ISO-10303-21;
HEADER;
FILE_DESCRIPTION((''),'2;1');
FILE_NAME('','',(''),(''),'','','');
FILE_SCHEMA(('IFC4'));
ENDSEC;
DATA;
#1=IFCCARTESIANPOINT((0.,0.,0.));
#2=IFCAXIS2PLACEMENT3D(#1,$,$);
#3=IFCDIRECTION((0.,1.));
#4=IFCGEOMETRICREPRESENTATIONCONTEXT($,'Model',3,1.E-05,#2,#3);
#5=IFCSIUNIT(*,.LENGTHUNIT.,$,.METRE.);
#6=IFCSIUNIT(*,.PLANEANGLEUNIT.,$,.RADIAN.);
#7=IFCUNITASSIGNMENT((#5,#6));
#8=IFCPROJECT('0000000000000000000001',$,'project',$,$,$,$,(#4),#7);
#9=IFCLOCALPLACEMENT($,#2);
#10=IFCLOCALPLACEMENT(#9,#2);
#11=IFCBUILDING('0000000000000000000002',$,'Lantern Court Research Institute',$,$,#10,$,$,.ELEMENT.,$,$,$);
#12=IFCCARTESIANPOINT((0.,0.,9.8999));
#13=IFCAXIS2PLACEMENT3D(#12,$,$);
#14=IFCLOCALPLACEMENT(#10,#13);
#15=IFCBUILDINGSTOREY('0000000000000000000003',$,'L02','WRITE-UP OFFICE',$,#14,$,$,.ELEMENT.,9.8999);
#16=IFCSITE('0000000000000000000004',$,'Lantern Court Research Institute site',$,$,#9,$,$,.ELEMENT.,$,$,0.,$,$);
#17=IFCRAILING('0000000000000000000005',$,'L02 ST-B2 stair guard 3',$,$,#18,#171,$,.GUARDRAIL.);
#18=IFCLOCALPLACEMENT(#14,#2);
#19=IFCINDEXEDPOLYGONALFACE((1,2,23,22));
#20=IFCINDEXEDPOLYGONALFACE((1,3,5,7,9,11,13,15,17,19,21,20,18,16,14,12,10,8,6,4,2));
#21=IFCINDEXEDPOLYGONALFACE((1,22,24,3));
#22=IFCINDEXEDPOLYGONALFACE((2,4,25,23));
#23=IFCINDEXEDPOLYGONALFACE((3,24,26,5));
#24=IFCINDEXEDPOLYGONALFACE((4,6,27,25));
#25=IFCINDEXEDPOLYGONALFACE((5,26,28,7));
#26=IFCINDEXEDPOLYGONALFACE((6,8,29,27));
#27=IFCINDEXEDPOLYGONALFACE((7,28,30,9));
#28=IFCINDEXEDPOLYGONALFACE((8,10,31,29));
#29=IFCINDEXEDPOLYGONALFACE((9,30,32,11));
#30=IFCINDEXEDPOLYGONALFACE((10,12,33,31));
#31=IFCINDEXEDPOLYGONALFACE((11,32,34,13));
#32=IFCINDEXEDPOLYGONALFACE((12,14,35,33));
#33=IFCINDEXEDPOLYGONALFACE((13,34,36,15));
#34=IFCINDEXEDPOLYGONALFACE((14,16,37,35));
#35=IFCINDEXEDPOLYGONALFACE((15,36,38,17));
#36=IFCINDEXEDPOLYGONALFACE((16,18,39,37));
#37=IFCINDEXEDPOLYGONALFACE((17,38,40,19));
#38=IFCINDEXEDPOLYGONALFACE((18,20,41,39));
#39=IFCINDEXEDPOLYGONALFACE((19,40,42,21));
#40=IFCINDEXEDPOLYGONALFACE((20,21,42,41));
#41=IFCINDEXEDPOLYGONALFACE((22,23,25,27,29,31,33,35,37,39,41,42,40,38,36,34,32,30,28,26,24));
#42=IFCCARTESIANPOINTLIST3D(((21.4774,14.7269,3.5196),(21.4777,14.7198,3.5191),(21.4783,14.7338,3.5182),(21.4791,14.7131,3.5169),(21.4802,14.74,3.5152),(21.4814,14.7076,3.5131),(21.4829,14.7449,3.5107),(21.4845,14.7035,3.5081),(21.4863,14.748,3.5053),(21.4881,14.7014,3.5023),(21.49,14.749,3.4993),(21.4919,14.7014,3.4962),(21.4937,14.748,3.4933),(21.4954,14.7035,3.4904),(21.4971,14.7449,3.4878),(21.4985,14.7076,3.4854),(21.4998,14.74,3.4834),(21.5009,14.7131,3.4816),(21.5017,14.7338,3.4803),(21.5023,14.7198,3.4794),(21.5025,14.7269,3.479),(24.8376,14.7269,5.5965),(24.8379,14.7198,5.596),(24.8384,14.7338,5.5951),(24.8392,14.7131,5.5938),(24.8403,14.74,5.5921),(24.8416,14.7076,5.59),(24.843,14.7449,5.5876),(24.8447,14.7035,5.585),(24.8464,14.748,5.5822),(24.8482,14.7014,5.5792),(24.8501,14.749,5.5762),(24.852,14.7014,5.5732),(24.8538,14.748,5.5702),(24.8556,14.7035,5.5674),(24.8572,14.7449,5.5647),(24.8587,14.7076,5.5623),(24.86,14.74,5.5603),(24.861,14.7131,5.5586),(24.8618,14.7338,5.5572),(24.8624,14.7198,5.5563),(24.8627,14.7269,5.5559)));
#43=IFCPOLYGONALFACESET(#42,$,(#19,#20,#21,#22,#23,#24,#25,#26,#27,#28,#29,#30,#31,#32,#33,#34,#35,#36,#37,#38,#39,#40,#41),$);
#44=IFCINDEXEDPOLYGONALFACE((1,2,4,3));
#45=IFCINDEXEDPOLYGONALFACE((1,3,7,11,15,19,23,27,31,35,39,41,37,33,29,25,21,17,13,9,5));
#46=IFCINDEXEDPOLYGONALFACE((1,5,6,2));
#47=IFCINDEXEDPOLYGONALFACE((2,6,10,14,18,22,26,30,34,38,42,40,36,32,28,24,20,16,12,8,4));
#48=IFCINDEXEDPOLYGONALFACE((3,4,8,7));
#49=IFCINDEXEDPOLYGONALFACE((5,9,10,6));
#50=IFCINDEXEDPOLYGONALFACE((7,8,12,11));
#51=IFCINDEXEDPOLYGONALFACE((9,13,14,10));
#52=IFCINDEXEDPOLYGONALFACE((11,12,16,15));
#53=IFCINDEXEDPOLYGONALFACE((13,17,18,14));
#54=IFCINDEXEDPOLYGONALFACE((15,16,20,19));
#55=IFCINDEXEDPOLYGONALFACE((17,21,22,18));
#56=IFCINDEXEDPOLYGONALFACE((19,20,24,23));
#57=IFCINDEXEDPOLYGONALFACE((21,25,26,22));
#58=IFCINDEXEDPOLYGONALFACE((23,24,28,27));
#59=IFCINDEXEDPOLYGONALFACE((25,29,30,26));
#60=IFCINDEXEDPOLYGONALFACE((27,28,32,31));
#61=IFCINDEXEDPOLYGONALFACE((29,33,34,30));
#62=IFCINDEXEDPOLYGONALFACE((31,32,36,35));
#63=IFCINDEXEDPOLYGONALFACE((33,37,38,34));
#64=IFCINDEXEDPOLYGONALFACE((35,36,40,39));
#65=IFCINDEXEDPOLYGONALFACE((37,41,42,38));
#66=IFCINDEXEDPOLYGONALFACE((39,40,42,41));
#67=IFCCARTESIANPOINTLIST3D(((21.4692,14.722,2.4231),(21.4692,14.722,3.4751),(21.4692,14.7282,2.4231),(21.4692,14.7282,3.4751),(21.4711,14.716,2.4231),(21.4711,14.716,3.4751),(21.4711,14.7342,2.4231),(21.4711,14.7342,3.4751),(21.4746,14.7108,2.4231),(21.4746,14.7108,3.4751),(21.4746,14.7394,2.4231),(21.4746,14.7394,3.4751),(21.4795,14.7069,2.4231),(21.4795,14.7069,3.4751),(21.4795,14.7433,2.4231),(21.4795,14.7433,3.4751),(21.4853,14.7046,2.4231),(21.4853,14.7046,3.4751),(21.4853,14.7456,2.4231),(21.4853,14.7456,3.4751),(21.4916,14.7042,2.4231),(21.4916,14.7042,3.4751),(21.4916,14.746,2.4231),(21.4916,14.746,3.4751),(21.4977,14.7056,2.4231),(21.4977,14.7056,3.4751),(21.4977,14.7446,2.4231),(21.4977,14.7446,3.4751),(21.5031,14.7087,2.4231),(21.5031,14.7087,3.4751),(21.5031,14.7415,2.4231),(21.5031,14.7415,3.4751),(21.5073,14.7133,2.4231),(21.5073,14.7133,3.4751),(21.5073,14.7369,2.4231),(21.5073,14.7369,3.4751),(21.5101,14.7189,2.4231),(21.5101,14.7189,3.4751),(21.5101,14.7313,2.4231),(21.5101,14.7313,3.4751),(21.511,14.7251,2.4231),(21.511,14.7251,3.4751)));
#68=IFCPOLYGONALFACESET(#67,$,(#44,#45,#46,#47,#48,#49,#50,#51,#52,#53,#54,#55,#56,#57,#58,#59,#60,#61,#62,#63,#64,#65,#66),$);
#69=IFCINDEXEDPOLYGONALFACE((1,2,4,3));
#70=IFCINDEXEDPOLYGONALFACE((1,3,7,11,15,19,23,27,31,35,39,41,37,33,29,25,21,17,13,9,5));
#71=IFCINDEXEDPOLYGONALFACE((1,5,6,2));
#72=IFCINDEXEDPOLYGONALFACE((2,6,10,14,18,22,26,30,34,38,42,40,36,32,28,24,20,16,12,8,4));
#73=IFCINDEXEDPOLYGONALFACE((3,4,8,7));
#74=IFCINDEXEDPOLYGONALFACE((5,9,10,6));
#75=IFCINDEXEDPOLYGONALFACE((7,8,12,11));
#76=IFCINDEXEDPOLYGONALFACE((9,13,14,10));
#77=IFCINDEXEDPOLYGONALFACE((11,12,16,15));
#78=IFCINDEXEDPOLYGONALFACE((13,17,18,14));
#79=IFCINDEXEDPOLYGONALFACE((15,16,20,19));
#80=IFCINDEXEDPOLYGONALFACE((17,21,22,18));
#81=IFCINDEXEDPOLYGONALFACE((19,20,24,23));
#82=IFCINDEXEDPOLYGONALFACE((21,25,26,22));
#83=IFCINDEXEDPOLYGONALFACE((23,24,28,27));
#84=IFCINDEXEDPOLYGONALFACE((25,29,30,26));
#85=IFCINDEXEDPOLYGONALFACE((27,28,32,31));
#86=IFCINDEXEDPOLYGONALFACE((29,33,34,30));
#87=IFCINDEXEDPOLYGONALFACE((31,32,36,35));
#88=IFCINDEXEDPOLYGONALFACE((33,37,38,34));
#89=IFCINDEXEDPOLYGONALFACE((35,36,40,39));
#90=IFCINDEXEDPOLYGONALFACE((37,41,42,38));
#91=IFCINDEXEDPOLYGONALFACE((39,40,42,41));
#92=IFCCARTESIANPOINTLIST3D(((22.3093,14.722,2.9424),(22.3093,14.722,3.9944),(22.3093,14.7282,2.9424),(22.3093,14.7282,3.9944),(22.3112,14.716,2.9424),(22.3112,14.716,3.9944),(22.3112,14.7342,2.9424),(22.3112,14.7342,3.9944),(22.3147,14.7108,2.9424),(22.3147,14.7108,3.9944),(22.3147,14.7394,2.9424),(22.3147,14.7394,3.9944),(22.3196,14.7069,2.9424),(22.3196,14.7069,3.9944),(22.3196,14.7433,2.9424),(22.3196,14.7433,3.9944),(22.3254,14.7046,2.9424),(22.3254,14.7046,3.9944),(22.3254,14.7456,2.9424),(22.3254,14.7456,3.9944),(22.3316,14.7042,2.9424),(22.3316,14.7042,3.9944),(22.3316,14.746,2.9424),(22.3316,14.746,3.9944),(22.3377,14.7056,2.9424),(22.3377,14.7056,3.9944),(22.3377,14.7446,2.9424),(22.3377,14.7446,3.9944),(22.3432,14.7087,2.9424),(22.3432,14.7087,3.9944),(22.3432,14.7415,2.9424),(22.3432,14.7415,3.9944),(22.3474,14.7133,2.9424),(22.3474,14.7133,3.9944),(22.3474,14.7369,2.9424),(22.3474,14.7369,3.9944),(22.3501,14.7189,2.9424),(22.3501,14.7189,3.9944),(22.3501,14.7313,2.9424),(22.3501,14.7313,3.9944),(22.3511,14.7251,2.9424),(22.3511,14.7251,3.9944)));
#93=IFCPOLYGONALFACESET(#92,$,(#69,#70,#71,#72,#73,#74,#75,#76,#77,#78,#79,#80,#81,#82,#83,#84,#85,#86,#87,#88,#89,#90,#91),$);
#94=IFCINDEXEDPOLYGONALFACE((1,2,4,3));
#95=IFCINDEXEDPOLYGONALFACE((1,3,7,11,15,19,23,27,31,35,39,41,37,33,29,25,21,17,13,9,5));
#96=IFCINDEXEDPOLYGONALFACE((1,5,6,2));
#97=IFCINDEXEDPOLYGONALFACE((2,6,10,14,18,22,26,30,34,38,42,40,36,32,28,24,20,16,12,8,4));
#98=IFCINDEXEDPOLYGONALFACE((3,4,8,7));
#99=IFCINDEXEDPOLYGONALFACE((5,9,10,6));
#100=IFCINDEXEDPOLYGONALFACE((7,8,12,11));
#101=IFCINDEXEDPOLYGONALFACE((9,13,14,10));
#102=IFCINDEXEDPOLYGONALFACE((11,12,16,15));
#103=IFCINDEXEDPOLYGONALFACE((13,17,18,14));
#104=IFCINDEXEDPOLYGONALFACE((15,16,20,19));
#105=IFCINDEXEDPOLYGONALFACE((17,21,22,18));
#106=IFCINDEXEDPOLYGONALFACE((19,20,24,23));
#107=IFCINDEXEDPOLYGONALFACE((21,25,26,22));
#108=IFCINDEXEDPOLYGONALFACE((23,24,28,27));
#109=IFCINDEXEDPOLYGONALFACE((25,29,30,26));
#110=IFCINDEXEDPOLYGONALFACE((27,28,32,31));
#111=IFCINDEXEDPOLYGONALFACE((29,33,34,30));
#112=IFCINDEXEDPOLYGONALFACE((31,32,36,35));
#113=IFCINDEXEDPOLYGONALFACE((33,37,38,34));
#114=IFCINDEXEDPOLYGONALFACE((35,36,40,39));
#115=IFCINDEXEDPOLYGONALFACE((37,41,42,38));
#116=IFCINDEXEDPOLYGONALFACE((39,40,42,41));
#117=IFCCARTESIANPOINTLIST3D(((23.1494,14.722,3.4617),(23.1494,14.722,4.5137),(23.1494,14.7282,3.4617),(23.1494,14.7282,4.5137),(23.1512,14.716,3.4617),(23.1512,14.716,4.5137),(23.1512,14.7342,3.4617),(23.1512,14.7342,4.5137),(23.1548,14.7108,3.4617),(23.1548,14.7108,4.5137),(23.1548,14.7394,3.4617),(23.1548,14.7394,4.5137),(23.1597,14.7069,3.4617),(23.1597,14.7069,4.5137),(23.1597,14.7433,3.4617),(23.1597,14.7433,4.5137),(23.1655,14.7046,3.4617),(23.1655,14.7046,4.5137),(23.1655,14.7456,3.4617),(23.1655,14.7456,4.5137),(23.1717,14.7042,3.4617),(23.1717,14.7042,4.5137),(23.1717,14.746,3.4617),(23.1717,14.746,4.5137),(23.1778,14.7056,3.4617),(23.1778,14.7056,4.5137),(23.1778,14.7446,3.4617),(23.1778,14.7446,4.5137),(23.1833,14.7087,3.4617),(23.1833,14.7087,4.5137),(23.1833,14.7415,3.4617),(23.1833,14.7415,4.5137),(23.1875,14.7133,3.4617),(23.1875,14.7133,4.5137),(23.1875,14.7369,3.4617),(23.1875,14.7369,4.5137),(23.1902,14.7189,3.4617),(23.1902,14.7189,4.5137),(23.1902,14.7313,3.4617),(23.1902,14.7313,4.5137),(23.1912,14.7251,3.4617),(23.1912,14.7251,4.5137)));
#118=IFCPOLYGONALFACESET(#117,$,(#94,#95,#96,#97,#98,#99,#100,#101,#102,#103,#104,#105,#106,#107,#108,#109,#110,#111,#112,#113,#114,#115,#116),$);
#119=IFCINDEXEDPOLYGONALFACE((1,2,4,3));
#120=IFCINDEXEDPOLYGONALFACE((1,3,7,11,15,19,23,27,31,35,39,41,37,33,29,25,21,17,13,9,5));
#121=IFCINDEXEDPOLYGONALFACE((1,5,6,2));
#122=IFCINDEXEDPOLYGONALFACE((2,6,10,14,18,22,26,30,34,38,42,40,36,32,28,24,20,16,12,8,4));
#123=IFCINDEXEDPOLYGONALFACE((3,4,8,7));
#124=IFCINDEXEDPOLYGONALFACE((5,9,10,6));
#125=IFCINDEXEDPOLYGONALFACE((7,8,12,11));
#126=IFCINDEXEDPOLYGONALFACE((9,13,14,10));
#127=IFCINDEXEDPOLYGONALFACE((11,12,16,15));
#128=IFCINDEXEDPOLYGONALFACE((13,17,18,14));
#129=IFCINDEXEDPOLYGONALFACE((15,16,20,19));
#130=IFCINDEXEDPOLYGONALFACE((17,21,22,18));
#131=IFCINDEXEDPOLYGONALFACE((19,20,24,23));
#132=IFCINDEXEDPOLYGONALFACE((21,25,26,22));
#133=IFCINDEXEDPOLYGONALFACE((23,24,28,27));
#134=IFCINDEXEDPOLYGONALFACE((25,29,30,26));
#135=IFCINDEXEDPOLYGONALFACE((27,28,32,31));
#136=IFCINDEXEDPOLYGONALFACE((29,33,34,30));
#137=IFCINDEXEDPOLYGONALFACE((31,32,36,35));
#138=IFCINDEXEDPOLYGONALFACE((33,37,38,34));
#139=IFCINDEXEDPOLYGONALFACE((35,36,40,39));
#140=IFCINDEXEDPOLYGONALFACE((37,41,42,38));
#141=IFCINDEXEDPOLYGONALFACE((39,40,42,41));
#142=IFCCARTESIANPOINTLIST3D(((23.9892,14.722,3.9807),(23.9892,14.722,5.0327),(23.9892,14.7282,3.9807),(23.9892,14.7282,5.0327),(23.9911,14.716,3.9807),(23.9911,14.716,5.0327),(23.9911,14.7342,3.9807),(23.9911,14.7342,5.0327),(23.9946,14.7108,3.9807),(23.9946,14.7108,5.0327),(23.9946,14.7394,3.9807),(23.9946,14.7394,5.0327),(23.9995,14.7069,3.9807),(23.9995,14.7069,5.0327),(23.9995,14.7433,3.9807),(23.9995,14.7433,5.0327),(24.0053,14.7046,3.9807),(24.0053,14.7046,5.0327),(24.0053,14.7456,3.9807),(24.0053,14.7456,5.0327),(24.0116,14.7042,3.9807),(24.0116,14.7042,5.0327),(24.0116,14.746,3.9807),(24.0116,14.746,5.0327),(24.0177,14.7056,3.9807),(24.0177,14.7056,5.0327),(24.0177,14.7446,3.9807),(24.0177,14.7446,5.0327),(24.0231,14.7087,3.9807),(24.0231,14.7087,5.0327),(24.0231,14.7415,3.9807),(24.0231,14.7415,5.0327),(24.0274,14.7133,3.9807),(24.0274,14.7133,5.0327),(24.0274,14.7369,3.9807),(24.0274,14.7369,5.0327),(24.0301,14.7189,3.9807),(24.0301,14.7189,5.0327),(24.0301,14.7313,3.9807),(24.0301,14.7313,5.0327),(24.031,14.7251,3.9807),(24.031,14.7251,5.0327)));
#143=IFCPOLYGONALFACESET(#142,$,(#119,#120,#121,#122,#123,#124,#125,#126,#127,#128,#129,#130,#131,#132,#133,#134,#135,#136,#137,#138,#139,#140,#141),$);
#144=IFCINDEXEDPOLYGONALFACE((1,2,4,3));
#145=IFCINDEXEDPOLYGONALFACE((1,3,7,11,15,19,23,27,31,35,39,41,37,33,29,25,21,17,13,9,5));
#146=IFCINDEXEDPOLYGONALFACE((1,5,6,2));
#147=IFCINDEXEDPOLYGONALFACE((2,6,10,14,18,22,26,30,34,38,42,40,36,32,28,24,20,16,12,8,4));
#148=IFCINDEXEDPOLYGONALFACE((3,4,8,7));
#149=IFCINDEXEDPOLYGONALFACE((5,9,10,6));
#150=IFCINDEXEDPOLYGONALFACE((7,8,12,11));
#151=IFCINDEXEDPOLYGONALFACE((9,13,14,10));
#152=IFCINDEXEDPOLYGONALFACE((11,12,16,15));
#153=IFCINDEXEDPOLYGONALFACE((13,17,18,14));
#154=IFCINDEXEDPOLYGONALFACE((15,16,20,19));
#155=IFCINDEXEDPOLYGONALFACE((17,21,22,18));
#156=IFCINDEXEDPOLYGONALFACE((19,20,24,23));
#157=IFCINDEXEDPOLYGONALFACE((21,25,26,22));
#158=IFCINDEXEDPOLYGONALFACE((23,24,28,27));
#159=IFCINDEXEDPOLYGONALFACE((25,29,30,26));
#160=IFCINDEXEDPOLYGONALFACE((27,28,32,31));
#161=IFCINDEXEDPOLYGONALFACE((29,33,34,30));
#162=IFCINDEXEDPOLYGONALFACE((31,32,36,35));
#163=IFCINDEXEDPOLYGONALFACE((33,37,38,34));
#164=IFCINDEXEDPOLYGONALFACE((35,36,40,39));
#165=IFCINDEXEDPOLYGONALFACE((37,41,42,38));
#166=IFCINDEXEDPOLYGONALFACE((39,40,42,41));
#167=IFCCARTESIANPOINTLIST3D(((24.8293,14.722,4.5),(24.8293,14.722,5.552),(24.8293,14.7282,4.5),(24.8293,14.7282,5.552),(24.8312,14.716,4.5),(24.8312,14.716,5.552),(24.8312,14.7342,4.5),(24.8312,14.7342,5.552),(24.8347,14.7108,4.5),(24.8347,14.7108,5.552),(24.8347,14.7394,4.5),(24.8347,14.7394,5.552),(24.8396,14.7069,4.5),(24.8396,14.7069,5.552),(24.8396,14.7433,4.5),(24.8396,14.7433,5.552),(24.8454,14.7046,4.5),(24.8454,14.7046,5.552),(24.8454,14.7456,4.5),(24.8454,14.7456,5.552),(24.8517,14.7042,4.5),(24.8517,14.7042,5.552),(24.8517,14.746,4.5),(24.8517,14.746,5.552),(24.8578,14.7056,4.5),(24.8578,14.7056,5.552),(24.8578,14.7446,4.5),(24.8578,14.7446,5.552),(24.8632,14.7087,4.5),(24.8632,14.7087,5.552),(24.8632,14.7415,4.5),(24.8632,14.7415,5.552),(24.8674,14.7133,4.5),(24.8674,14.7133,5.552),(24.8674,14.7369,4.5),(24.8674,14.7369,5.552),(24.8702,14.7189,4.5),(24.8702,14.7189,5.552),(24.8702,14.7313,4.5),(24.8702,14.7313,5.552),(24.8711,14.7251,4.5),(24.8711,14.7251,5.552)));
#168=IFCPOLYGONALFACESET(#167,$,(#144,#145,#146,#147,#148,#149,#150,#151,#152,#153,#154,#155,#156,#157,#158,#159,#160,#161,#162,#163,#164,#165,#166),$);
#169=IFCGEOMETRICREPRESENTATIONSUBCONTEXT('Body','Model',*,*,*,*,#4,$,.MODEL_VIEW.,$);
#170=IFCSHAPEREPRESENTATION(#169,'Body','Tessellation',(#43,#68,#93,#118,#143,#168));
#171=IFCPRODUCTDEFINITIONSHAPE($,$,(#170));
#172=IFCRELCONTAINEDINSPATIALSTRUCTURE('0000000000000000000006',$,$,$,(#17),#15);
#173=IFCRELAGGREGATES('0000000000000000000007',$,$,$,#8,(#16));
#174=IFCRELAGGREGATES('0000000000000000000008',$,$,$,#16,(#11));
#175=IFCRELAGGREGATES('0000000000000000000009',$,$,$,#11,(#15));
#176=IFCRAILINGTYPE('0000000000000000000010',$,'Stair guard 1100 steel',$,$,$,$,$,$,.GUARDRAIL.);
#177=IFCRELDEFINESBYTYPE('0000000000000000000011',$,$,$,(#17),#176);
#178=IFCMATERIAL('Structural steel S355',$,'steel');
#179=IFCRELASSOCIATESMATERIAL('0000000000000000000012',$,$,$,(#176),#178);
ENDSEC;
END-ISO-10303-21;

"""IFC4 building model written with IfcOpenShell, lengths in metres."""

from ifc_helpers import new_model, si_unit, direction, frame, origin, origin_2d, place, context, subcontext, project, spatial, circle, extrude, material, type_object, element, save


model = new_model("IFC4")

# Units and contexts
model_context = context("Model", 3, precision=1e-05, world=origin(), true_north=direction((0.0, 1.0)))
body_context = subcontext(model_context, "Body", "Model", "MODEL_VIEW")
ifc_project = project(units=[si_unit("LENGTHUNIT", "METRE"), si_unit("PLANEANGLEUNIT", "RADIAN")], contexts=[model_context])

# Site, building, storey
site_placement = place(None, origin())
site = spatial("IfcSite", under=ifc_project, at=site_placement, Name="Lantern Court Research Institute site", CompositionType="ELEMENT", RefElevation=0.0)
building_placement = place(site_placement, origin())
building = spatial("IfcBuilding", under=site, at=building_placement, Name="Lantern Court Research Institute", CompositionType="ELEMENT")
storey_placement = place(building_placement, frame((0.0, 0.0, 9.8999)))
storey = spatial("IfcBuildingStorey", under=building, at=storey_placement, Name="L02", Description="WRITE-UP OFFICE", CompositionType="ELEMENT", Elevation=9.8999)

# Railing
ifc_material_1 = material(Name="Structural steel S355", Category="steel")
railing_type_1 = type_object("IfcRailingType", Name="Stair guard 1100 steel", PredefinedType="GUARDRAIL", material=ifc_material_1)
railing_1_placement = place(storey_placement, frame((21.49, 14.7251, 2.4231)))
element("IfcRailing", 1, at=railing_1_placement, inside=storey, type_object=railing_type_1, Name="L02 ST-B2 stair guard 3", PredefinedType="GUARDRAIL", context=body_context, shape_type="SweptSolid", body=[
    extrude(circle(Radius=0.0239, at=origin_2d()), frame((0.0, 0.0, 1.0762), z_axis=(0.850623, 0.0, 0.525776), x_axis=(0.0, 1.0, 0.0)), (0.0, 0.0, 1.0), 3.9502),
    extrude(circle(Radius=0.021, at=origin_2d()), origin(), (0.0, 0.0, 1.0), 1.052),
    extrude(circle(Radius=0.021, at=origin_2d()), frame((0.8401, 0.0, 0.5193)), (0.0, 0.0, 1.0), 1.052),
    extrude(circle(Radius=0.021, at=origin_2d()), frame((1.6802, 0.0, 1.0386)), (0.0, 0.0, 1.0), 1.052),
    extrude(circle(Radius=0.021, at=origin_2d()), frame((2.52, 0.0, 1.5576)), (0.0, 0.0, 1.0), 1.052),
    extrude(circle(Radius=0.021, at=origin_2d()), frame((3.3601, 0.0, 2.0769)), (0.0, 0.0, 1.0), 1.052),
])

save(model, "model.ifc")
